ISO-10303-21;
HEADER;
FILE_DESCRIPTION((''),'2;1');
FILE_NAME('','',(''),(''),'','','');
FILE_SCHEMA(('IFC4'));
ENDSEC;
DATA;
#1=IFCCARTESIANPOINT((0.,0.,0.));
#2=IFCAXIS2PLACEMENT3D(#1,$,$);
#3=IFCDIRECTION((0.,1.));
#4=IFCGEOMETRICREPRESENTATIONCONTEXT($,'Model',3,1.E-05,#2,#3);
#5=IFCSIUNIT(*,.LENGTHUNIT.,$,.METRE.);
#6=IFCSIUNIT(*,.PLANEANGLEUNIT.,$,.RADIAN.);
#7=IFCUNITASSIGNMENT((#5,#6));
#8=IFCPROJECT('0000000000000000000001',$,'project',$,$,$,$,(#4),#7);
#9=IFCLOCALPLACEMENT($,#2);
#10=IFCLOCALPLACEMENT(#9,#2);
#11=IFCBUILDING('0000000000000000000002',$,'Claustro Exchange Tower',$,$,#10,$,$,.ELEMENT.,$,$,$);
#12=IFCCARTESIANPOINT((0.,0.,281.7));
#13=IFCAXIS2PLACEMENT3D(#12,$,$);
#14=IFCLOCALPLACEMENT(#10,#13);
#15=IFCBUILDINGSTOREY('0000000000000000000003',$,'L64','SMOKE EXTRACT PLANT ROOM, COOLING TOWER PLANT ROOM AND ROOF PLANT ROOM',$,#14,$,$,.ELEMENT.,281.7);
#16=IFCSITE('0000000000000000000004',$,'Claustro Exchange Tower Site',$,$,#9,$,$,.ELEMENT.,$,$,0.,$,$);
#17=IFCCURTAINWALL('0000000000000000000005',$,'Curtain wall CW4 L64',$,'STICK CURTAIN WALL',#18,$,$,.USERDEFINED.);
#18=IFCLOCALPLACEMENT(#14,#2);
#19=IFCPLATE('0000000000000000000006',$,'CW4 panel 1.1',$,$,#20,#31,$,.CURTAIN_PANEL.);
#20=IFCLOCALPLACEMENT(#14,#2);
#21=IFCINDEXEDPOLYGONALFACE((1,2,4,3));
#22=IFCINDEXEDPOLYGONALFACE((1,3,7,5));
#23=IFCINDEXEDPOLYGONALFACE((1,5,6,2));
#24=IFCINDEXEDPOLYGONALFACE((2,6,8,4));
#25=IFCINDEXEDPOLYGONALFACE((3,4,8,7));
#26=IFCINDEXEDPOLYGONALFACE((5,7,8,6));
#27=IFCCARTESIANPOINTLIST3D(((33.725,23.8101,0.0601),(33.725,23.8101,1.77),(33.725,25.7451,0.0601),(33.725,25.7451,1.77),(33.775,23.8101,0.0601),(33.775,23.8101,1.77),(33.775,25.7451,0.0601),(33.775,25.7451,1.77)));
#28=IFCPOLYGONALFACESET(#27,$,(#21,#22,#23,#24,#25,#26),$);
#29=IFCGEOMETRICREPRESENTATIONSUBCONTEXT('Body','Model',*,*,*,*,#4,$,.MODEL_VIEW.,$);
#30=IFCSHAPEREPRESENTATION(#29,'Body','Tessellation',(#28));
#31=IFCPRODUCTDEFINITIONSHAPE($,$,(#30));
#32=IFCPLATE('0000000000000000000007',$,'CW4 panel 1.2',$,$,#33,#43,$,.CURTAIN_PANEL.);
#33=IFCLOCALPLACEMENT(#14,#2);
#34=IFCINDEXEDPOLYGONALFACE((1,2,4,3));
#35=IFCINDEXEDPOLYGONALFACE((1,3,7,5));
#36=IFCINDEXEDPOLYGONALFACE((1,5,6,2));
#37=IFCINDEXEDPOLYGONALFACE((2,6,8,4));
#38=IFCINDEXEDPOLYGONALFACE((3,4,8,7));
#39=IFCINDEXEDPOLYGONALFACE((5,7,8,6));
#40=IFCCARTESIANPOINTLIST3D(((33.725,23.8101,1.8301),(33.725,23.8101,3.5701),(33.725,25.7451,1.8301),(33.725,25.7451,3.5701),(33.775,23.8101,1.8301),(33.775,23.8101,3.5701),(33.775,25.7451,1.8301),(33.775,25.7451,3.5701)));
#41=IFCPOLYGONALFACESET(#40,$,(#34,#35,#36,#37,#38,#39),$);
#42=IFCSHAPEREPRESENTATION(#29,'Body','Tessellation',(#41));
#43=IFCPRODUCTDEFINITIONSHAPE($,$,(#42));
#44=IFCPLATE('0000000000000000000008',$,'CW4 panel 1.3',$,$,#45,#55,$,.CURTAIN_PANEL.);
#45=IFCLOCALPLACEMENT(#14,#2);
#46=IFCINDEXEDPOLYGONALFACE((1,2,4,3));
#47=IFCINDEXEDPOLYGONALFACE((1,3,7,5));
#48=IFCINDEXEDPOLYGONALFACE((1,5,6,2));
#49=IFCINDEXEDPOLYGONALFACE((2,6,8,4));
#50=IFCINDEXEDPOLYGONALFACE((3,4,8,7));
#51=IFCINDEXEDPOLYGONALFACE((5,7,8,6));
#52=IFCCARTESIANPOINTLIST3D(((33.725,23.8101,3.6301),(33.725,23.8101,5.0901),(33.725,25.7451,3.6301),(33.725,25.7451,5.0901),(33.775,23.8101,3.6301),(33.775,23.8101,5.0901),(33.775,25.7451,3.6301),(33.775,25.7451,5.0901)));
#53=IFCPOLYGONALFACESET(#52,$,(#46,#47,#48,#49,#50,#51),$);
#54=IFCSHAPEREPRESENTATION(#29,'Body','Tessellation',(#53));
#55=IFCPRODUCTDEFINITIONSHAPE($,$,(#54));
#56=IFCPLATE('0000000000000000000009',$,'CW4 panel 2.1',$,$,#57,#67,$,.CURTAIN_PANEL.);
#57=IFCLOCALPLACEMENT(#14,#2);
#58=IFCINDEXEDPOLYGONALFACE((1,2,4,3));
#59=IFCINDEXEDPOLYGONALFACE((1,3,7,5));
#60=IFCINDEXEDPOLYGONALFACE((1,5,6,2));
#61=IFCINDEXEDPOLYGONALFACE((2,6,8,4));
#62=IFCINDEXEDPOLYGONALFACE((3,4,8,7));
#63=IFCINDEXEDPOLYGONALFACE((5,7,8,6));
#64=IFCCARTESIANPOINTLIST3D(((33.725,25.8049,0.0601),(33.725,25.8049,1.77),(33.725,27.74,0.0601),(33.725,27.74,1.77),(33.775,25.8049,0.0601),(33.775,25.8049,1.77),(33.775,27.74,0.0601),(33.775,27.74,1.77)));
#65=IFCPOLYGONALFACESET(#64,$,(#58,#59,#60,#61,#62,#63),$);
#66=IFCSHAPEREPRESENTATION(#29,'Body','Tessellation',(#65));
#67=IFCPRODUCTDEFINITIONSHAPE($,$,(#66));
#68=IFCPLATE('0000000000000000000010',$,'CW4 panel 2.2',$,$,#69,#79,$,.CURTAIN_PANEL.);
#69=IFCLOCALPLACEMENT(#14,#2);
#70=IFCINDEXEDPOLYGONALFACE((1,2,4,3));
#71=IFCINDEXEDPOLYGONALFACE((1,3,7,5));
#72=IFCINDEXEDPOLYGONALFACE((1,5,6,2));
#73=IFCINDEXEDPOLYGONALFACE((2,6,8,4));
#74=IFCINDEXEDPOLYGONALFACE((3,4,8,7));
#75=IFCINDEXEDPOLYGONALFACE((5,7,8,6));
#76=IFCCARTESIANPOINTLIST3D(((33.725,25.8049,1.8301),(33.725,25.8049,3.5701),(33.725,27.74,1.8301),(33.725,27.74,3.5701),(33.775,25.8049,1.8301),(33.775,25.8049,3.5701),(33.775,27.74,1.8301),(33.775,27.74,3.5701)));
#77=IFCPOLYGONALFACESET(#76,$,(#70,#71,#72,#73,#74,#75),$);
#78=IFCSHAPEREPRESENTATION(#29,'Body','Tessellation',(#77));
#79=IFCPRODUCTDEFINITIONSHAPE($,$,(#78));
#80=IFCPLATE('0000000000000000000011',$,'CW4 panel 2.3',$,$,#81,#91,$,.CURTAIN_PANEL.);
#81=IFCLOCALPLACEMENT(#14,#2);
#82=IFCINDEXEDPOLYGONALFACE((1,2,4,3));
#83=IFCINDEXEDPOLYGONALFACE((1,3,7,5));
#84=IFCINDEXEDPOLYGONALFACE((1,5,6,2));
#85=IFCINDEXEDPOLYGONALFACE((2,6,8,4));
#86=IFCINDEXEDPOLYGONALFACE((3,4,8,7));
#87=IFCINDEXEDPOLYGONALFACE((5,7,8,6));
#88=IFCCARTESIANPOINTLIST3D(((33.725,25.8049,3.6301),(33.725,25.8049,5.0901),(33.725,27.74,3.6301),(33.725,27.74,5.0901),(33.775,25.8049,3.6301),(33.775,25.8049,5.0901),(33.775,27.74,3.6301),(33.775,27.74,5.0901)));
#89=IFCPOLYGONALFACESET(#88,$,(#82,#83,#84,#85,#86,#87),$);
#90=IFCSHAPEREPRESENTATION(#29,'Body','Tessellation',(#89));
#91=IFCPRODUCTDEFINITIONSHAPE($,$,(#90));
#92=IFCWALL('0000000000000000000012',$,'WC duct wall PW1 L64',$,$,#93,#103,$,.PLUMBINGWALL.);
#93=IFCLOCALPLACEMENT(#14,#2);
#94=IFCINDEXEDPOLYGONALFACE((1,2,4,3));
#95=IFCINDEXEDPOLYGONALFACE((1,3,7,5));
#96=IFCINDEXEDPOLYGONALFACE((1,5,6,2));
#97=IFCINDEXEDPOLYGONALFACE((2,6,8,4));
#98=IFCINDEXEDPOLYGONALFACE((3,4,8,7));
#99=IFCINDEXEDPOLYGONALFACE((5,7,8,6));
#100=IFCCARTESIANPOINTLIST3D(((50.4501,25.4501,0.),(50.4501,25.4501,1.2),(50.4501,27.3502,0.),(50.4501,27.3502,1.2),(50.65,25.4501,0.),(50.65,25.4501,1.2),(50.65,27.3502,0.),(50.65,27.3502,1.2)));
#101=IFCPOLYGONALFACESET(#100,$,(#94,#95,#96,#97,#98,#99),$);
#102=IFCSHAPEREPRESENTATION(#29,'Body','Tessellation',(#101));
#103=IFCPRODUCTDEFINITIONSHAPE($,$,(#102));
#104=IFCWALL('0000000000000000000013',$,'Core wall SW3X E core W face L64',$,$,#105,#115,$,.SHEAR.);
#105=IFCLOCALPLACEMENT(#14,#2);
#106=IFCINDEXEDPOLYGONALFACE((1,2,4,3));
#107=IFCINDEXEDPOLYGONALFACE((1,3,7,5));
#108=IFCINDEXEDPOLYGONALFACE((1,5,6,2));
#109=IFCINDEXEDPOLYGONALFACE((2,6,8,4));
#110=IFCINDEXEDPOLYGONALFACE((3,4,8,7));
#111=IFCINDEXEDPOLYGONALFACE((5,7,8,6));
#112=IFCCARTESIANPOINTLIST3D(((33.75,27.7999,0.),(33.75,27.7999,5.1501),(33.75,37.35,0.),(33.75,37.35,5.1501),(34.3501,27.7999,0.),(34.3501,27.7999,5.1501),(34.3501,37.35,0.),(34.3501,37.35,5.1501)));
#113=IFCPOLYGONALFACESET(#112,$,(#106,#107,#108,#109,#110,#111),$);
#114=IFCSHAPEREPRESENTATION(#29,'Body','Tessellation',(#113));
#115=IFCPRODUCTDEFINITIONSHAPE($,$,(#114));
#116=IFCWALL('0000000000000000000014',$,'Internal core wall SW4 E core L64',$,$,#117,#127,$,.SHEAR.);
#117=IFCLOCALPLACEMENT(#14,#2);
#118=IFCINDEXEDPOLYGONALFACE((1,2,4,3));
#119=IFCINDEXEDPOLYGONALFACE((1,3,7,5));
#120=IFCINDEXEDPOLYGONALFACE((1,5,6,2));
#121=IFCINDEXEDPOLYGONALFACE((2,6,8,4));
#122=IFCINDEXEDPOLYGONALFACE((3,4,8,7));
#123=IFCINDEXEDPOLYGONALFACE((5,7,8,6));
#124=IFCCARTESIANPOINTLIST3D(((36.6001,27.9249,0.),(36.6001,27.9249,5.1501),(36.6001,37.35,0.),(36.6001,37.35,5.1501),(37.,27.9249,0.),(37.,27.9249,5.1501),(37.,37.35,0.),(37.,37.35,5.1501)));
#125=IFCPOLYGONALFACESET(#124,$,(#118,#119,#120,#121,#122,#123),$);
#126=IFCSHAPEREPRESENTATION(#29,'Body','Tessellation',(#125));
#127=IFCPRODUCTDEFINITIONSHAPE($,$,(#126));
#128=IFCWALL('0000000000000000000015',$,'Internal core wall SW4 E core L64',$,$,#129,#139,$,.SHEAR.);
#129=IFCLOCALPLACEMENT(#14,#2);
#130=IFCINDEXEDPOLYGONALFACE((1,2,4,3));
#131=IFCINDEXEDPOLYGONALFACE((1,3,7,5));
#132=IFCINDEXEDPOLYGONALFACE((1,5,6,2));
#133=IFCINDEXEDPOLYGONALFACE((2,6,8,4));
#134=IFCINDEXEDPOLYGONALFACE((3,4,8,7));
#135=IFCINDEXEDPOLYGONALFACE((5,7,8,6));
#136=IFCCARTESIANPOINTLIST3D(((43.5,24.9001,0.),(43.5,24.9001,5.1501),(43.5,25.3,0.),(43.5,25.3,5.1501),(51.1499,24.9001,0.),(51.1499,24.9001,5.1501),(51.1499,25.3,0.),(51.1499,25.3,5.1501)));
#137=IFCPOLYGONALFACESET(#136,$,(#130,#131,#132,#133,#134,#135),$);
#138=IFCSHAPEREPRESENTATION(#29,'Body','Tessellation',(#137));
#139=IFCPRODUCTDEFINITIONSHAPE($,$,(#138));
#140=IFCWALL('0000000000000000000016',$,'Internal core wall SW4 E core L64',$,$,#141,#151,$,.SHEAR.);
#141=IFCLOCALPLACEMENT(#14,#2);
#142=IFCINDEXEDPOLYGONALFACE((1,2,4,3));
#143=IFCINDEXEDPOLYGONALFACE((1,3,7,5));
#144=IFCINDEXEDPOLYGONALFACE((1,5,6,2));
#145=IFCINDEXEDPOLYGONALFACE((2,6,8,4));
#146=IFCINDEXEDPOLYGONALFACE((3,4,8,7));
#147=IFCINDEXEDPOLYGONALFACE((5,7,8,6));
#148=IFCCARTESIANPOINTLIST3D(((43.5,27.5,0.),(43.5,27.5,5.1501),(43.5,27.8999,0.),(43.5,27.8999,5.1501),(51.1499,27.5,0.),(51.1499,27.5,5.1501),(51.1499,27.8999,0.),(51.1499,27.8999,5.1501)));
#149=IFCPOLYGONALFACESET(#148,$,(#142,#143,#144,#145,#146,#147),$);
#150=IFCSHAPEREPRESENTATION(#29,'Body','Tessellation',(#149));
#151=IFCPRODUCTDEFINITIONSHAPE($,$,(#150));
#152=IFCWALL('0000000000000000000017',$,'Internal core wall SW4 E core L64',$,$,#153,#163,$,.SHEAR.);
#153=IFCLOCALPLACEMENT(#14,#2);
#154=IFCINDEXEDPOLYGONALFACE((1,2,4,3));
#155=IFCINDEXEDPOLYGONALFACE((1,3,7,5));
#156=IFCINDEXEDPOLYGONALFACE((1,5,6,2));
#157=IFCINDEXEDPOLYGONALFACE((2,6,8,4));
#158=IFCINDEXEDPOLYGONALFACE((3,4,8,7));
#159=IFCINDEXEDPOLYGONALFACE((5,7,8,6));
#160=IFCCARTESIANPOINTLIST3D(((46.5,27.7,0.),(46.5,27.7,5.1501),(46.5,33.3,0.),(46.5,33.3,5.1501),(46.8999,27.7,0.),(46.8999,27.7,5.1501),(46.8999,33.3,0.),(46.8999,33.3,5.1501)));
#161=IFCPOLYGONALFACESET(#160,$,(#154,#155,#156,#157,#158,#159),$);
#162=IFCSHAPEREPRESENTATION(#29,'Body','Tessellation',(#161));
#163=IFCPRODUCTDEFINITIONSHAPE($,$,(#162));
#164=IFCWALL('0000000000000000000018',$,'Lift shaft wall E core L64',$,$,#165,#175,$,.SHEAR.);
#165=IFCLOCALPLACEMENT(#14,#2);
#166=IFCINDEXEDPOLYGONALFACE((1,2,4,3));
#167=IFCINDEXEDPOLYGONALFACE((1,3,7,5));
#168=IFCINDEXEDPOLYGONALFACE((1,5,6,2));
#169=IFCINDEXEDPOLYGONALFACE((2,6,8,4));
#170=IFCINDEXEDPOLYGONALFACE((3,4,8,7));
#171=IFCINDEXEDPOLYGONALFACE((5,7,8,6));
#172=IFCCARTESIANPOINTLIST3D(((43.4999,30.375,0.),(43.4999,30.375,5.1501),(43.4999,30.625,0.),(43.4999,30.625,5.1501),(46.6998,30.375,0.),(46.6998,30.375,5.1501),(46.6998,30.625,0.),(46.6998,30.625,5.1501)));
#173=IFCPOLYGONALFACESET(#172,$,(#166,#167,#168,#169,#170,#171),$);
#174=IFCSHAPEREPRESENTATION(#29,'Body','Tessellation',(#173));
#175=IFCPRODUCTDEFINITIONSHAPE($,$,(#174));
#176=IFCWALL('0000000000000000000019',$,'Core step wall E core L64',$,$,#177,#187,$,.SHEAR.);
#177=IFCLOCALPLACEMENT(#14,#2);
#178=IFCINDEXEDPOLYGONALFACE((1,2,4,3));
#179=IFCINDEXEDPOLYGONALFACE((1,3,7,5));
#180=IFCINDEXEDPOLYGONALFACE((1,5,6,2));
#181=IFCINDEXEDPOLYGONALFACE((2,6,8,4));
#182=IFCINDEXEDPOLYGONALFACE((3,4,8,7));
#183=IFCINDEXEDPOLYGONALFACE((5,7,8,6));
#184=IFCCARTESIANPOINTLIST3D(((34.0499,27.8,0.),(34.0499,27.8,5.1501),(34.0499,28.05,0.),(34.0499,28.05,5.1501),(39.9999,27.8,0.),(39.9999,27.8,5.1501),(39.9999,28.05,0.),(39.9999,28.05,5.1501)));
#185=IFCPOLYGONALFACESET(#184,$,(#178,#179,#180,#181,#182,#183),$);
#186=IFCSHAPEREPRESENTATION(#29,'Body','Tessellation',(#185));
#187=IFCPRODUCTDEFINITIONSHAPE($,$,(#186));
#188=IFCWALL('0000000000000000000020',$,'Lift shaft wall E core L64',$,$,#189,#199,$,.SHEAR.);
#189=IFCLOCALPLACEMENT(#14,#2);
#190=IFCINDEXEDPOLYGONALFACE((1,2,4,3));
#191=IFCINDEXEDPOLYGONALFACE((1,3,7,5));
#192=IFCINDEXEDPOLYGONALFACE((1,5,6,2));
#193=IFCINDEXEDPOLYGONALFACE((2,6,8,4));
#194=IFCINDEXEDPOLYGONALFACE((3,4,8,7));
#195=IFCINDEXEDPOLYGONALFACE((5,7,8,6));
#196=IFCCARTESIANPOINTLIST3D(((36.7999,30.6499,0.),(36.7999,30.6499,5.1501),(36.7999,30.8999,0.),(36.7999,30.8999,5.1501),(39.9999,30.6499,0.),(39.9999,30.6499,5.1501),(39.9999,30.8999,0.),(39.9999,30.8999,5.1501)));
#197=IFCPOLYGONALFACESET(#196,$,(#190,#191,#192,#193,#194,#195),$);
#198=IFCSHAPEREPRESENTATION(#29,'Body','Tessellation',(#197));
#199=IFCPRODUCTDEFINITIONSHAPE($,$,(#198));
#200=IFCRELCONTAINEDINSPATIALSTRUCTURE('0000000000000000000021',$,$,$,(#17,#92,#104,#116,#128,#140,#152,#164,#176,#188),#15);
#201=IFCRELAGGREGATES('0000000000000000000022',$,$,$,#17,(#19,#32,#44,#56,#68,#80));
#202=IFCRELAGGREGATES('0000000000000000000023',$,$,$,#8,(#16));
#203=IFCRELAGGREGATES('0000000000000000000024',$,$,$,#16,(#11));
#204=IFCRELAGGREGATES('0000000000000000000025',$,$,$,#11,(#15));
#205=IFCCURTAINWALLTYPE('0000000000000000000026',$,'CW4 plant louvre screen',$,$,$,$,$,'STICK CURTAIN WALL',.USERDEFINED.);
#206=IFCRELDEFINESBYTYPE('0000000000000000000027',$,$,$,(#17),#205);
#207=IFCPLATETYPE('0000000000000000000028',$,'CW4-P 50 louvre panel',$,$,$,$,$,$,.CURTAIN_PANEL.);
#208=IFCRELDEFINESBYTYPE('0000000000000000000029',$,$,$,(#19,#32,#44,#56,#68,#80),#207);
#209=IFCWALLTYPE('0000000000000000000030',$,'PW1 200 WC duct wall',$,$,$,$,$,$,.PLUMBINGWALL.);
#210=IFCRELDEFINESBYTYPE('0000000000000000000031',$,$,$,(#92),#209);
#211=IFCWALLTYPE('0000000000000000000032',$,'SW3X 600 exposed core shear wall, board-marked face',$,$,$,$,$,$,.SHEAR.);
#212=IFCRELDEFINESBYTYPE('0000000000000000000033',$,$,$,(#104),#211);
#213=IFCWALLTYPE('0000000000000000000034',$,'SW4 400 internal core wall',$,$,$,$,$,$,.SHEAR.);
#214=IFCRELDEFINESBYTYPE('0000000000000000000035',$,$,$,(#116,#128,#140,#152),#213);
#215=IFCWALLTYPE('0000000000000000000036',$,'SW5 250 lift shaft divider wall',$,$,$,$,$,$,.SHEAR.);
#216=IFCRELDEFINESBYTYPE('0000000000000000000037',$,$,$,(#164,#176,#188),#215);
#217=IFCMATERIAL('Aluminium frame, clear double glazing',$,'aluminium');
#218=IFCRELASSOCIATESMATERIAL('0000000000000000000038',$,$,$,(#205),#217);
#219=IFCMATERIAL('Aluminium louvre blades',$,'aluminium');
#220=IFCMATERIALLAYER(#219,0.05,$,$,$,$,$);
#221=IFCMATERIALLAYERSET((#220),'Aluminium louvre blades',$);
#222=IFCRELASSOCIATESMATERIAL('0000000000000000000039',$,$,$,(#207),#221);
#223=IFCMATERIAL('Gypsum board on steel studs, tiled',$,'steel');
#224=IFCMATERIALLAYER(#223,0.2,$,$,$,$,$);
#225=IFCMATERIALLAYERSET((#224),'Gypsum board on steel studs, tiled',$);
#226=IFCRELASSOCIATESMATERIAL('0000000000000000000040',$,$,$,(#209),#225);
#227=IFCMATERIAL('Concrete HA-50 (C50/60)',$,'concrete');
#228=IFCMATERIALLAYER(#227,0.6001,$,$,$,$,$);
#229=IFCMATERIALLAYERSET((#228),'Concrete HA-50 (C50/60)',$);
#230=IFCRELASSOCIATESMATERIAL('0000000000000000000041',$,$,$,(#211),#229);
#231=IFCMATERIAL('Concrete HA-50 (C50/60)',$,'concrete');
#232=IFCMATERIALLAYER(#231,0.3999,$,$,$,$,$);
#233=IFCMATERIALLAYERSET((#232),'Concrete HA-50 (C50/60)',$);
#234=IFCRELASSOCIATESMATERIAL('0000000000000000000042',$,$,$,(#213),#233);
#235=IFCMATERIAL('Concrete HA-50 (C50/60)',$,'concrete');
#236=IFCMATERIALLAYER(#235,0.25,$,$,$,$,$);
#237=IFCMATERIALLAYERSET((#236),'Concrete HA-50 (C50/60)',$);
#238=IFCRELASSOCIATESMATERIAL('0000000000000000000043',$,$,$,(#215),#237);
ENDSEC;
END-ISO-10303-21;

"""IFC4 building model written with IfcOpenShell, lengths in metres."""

from ifc_helpers import new_model, si_unit, direction, frame, frame_2d, origin, origin_2d, place, context, subcontext, project, spatial, rectangle, extrude, material, layer, layer_set, type_object, element, aggregate, save


model = new_model("IFC4")

# Units and contexts
model_context = context("Model", 3, precision=1e-05, world=origin(), true_north=direction((0.0, 1.0)))
body_context = subcontext(model_context, "Body", "Model", "MODEL_VIEW")
ifc_project = project(units=[si_unit("LENGTHUNIT", "METRE"), si_unit("PLANEANGLEUNIT", "RADIAN")], contexts=[model_context])

# Site, building, storey
site_placement = place(None, origin())
site = spatial("IfcSite", under=ifc_project, at=site_placement, Name="Claustro Exchange Tower Site", CompositionType="ELEMENT", RefElevation=0.0)
building_placement = place(site_placement, origin())
building = spatial("IfcBuilding", under=site, at=building_placement, Name="Claustro Exchange Tower", CompositionType="ELEMENT")
storey_placement = place(building_placement, frame((0.0, 0.0, 281.7)))
storey = spatial("IfcBuildingStorey", under=building, at=storey_placement, Name="L64", Description="SMOKE EXTRACT PLANT ROOM, COOLING TOWER PLANT ROOM AND ROOF PLANT ROOM", CompositionType="ELEMENT", Elevation=281.7)

# Curtain wall, plates
ifc_material_1 = material(Name="Aluminium frame, clear double glazing", Category="aluminium")
curtain_wall_type = type_object("IfcCurtainWallType", Name="CW4 plant louvre screen", ElementType="STICK CURTAIN WALL", PredefinedType="USERDEFINED", material=ifc_material_1)
curtain_wall_placement = place(storey_placement, origin())
curtain_wall = element("IfcCurtainWall", 1, at=curtain_wall_placement, inside=storey, type_object=curtain_wall_type, Name="Curtain wall CW4 L64", ObjectType="STICK CURTAIN WALL", PredefinedType="USERDEFINED")
ifc_material_2 = material(Name="Aluminium louvre blades", Category="aluminium")
ifc_layer_1 = layer(ifc_material_2, 0.05)
ifc_layer_set_1 = layer_set([ifc_layer_1], Name="Aluminium louvre blades")
plate_type = type_object("IfcPlateType", Name="CW4-P 50 louvre panel", PredefinedType="CURTAIN_PANEL", material=ifc_layer_set_1)
plate_1_placement = place(storey_placement, frame((33.75, 24.7776, 0.0601), z_axis=(0.0, 0.0, 1.0), x_axis=(0.0, 1.0, 0.0)))
plate_1 = element("IfcPlate", 2, at=plate_1_placement, type_object=plate_type, Name="CW4 panel 1.1", PredefinedType="CURTAIN_PANEL", context=body_context, shape_type="SweptSolid", body=[
    extrude(rectangle(XDim=1.9351, YDim=0.05, at=origin_2d()), origin(), (0.0, 0.0, 1.0), 1.71),
])
plate_2_placement = place(storey_placement, frame((33.75, 24.7776, 1.8301), z_axis=(0.0, 0.0, 1.0), x_axis=(0.0, 1.0, 0.0)))
plate_2 = element("IfcPlate", 3, at=plate_2_placement, type_object=plate_type, Name="CW4 panel 1.2", PredefinedType="CURTAIN_PANEL", context=body_context, shape_type="SweptSolid", body=[
    extrude(rectangle(XDim=1.9351, YDim=0.05, at=origin_2d()), origin(), (0.0, 0.0, 1.0), 1.74),
])
plate_3_placement = place(storey_placement, frame((33.75, 24.7776, 3.6301), z_axis=(0.0, 0.0, 1.0), x_axis=(0.0, 1.0, 0.0)))
plate_3 = element("IfcPlate", 4, at=plate_3_placement, type_object=plate_type, Name="CW4 panel 1.3", PredefinedType="CURTAIN_PANEL", context=body_context, shape_type="SweptSolid", body=[
    extrude(rectangle(XDim=1.9351, YDim=0.05, at=origin_2d()), origin(), (0.0, 0.0, 1.0), 1.46),
])
plate_4_placement = place(storey_placement, frame((33.75, 26.7725, 0.0601), z_axis=(0.0, 0.0, 1.0), x_axis=(0.0, 1.0, 0.0)))
plate_4 = element("IfcPlate", 5, at=plate_4_placement, type_object=plate_type, Name="CW4 panel 2.1", PredefinedType="CURTAIN_PANEL", context=body_context, shape_type="SweptSolid", body=[
    extrude(rectangle(XDim=1.9351, YDim=0.05, at=origin_2d()), origin(), (0.0, 0.0, 1.0), 1.71),
])
plate_5_placement = place(storey_placement, frame((33.75, 26.7725, 1.8301), z_axis=(0.0, 0.0, 1.0), x_axis=(0.0, 1.0, 0.0)))
plate_5 = element("IfcPlate", 6, at=plate_5_placement, type_object=plate_type, Name="CW4 panel 2.2", PredefinedType="CURTAIN_PANEL", context=body_context, shape_type="SweptSolid", body=[
    extrude(rectangle(XDim=1.9351, YDim=0.05, at=origin_2d()), origin(), (0.0, 0.0, 1.0), 1.74),
])
plate_6_placement = place(storey_placement, frame((33.75, 26.7725, 3.6301), z_axis=(0.0, 0.0, 1.0), x_axis=(0.0, 1.0, 0.0)))
plate_6 = element("IfcPlate", 7, at=plate_6_placement, type_object=plate_type, Name="CW4 panel 2.3", PredefinedType="CURTAIN_PANEL", context=body_context, shape_type="SweptSolid", body=[
    extrude(rectangle(XDim=1.9351, YDim=0.05, at=origin_2d()), origin(), (0.0, 0.0, 1.0), 1.46),
])
aggregate(curtain_wall, [plate_1, plate_2, plate_3, plate_4, plate_5, plate_6])

# Walls
ifc_material_3 = material(Name="Gypsum board on steel studs, tiled", Category="steel")
ifc_layer_2 = layer(ifc_material_3, 0.2)
ifc_layer_set_2 = layer_set([ifc_layer_2], Name="Gypsum board on steel studs, tiled")
wall_type_1 = type_object("IfcWallType", Name="PW1 200 WC duct wall", PredefinedType="PLUMBINGWALL", material=ifc_layer_set_2)
wall_1_placement = place(storey_placement, frame((50.55, 25.45, 0.0), z_axis=(0.0, 0.0, 1.0), x_axis=(0.0, 1.0, 0.0)))
element("IfcWall", 8, at=wall_1_placement, inside=storey, type_object=wall_type_1, Name="WC duct wall PW1 L64", PredefinedType="PLUMBINGWALL", context=body_context, shape_type="SweptSolid", body=[
    extrude(rectangle(XDim=1.9001, YDim=0.2, at=frame_2d((0.9502, 0.0))), origin(), (0.0, 0.0, 1.0), 1.2),
])
ifc_material_4 = material(Name="Concrete HA-50 (C50/60)", Category="concrete")
ifc_layer_3 = layer(ifc_material_4, 0.6001)
ifc_layer_set_3 = layer_set([ifc_layer_3], Name="Concrete HA-50 (C50/60)")
wall_type_2 = type_object("IfcWallType", Name="SW3X 600 exposed core shear wall, board-marked face", PredefinedType="SHEAR", material=ifc_layer_set_3)
wall_2_placement = place(storey_placement, frame((34.05, 27.8, 0.0), z_axis=(0.0, 0.0, 1.0), x_axis=(0.0, 1.0, 0.0)))
element("IfcWall", 9, at=wall_2_placement, inside=storey, type_object=wall_type_2, Name="Core wall SW3X E core W face L64", PredefinedType="SHEAR", context=body_context, shape_type="SweptSolid", body=[
    extrude(rectangle(XDim=9.55, YDim=0.6001, at=frame_2d((4.7749, 0.0))), origin(), (0.0, 0.0, 1.0), 5.1501),
])
ifc_material_5 = material(Name="Concrete HA-50 (C50/60)", Category="concrete")
ifc_layer_4 = layer(ifc_material_5, 0.3999)
ifc_layer_set_4 = layer_set([ifc_layer_4], Name="Concrete HA-50 (C50/60)")
wall_type_3 = type_object("IfcWallType", Name="SW4 400 internal core wall", PredefinedType="SHEAR", material=ifc_layer_set_4)
wall_3_placement = place(storey_placement, frame((36.8, 27.925, 0.0), z_axis=(0.0, 0.0, 1.0), x_axis=(0.0, 1.0, 0.0)))
element("IfcWall", 10, at=wall_3_placement, inside=storey, type_object=wall_type_3, Name="Internal core wall SW4 E core L64", PredefinedType="SHEAR", context=body_context, shape_type="SweptSolid", body=[
    extrude(rectangle(XDim=9.425, YDim=0.3999, at=frame_2d((4.7124, 0.0))), origin(), (0.0, 0.0, 1.0), 5.1501),
])
for number, where, z_axis, x_axis, name in (
    (11, (51.1499, 25.1001, 0.0), (0.0, 0.0, 1.0), (-1.0, 0.0, 0.0), "Internal core wall SW4 E core L64"),
    (12, (51.1499, 27.7, 0.0), (0.0, 0.0, 1.0), (-1.0, 0.0, 0.0), "Internal core wall SW4 E core L64"),
):
    element("IfcWall", number, at=place(storey_placement, frame(where, z_axis=z_axis, x_axis=x_axis)), inside=storey, type_object=wall_type_3, Name=name, PredefinedType="SHEAR", context=body_context, shape_type="SweptSolid", body=[
        extrude(rectangle(XDim=7.6499, YDim=0.3999, at=frame_2d((3.825, 0.0))), origin(), (0.0, 0.0, 1.0), 5.1501),
    ])
wall_4_placement = place(storey_placement, frame((46.7, 27.7, 0.0), z_axis=(0.0, 0.0, 1.0), x_axis=(0.0, 1.0, 0.0)))
element("IfcWall", 13, at=wall_4_placement, inside=storey, type_object=wall_type_3, Name="Internal core wall SW4 E core L64", PredefinedType="SHEAR", context=body_context, shape_type="SweptSolid", body=[
    extrude(rectangle(XDim=5.6001, YDim=0.3999, at=frame_2d((2.8, 0.0))), origin(), (0.0, 0.0, 1.0), 5.1501),
])
ifc_material_6 = material(Name="Concrete HA-50 (C50/60)", Category="concrete")
ifc_layer_5 = layer(ifc_material_6, 0.25)
ifc_layer_set_5 = layer_set([ifc_layer_5], Name="Concrete HA-50 (C50/60)")
wall_type_4 = type_object("IfcWallType", Name="SW5 250 lift shaft divider wall", PredefinedType="SHEAR", material=ifc_layer_set_5)
wall_5_placement = place(storey_placement, frame((46.7, 30.5, 0.0), z_axis=(0.0, 0.0, 1.0), x_axis=(-1.0, 0.0, 0.0)))
element("IfcWall", 14, at=wall_5_placement, inside=storey, type_object=wall_type_4, Name="Lift shaft wall E core L64", PredefinedType="SHEAR", context=body_context, shape_type="SweptSolid", body=[
    extrude(rectangle(XDim=3.2, YDim=0.25, at=frame_2d((1.6001, 0.0))), origin(), (0.0, 0.0, 1.0), 5.1501),
])
wall_6_placement = place(storey_placement, frame((40.0, 27.925, 0.0), z_axis=(0.0, 0.0, 1.0), x_axis=(-1.0, 0.0, 0.0)))
element("IfcWall", 15, at=wall_6_placement, inside=storey, type_object=wall_type_4, Name="Core step wall E core L64", PredefinedType="SHEAR", context=body_context, shape_type="SweptSolid", body=[
    extrude(rectangle(XDim=5.95, YDim=0.25, at=frame_2d((2.9751, 0.0))), origin(), (0.0, 0.0, 1.0), 5.1501),
])
wall_7_placement = place(storey_placement, frame((40.0, 30.7749, 0.0), z_axis=(0.0, 0.0, 1.0), x_axis=(-1.0, 0.0, 0.0)))
element("IfcWall", 16, at=wall_7_placement, inside=storey, type_object=wall_type_4, Name="Lift shaft wall E core L64", PredefinedType="SHEAR", context=body_context, shape_type="SweptSolid", body=[
    extrude(rectangle(XDim=3.2, YDim=0.25, at=frame_2d((1.6001, 0.0))), origin(), (0.0, 0.0, 1.0), 5.1501),
])

save(model, "model.ifc")
